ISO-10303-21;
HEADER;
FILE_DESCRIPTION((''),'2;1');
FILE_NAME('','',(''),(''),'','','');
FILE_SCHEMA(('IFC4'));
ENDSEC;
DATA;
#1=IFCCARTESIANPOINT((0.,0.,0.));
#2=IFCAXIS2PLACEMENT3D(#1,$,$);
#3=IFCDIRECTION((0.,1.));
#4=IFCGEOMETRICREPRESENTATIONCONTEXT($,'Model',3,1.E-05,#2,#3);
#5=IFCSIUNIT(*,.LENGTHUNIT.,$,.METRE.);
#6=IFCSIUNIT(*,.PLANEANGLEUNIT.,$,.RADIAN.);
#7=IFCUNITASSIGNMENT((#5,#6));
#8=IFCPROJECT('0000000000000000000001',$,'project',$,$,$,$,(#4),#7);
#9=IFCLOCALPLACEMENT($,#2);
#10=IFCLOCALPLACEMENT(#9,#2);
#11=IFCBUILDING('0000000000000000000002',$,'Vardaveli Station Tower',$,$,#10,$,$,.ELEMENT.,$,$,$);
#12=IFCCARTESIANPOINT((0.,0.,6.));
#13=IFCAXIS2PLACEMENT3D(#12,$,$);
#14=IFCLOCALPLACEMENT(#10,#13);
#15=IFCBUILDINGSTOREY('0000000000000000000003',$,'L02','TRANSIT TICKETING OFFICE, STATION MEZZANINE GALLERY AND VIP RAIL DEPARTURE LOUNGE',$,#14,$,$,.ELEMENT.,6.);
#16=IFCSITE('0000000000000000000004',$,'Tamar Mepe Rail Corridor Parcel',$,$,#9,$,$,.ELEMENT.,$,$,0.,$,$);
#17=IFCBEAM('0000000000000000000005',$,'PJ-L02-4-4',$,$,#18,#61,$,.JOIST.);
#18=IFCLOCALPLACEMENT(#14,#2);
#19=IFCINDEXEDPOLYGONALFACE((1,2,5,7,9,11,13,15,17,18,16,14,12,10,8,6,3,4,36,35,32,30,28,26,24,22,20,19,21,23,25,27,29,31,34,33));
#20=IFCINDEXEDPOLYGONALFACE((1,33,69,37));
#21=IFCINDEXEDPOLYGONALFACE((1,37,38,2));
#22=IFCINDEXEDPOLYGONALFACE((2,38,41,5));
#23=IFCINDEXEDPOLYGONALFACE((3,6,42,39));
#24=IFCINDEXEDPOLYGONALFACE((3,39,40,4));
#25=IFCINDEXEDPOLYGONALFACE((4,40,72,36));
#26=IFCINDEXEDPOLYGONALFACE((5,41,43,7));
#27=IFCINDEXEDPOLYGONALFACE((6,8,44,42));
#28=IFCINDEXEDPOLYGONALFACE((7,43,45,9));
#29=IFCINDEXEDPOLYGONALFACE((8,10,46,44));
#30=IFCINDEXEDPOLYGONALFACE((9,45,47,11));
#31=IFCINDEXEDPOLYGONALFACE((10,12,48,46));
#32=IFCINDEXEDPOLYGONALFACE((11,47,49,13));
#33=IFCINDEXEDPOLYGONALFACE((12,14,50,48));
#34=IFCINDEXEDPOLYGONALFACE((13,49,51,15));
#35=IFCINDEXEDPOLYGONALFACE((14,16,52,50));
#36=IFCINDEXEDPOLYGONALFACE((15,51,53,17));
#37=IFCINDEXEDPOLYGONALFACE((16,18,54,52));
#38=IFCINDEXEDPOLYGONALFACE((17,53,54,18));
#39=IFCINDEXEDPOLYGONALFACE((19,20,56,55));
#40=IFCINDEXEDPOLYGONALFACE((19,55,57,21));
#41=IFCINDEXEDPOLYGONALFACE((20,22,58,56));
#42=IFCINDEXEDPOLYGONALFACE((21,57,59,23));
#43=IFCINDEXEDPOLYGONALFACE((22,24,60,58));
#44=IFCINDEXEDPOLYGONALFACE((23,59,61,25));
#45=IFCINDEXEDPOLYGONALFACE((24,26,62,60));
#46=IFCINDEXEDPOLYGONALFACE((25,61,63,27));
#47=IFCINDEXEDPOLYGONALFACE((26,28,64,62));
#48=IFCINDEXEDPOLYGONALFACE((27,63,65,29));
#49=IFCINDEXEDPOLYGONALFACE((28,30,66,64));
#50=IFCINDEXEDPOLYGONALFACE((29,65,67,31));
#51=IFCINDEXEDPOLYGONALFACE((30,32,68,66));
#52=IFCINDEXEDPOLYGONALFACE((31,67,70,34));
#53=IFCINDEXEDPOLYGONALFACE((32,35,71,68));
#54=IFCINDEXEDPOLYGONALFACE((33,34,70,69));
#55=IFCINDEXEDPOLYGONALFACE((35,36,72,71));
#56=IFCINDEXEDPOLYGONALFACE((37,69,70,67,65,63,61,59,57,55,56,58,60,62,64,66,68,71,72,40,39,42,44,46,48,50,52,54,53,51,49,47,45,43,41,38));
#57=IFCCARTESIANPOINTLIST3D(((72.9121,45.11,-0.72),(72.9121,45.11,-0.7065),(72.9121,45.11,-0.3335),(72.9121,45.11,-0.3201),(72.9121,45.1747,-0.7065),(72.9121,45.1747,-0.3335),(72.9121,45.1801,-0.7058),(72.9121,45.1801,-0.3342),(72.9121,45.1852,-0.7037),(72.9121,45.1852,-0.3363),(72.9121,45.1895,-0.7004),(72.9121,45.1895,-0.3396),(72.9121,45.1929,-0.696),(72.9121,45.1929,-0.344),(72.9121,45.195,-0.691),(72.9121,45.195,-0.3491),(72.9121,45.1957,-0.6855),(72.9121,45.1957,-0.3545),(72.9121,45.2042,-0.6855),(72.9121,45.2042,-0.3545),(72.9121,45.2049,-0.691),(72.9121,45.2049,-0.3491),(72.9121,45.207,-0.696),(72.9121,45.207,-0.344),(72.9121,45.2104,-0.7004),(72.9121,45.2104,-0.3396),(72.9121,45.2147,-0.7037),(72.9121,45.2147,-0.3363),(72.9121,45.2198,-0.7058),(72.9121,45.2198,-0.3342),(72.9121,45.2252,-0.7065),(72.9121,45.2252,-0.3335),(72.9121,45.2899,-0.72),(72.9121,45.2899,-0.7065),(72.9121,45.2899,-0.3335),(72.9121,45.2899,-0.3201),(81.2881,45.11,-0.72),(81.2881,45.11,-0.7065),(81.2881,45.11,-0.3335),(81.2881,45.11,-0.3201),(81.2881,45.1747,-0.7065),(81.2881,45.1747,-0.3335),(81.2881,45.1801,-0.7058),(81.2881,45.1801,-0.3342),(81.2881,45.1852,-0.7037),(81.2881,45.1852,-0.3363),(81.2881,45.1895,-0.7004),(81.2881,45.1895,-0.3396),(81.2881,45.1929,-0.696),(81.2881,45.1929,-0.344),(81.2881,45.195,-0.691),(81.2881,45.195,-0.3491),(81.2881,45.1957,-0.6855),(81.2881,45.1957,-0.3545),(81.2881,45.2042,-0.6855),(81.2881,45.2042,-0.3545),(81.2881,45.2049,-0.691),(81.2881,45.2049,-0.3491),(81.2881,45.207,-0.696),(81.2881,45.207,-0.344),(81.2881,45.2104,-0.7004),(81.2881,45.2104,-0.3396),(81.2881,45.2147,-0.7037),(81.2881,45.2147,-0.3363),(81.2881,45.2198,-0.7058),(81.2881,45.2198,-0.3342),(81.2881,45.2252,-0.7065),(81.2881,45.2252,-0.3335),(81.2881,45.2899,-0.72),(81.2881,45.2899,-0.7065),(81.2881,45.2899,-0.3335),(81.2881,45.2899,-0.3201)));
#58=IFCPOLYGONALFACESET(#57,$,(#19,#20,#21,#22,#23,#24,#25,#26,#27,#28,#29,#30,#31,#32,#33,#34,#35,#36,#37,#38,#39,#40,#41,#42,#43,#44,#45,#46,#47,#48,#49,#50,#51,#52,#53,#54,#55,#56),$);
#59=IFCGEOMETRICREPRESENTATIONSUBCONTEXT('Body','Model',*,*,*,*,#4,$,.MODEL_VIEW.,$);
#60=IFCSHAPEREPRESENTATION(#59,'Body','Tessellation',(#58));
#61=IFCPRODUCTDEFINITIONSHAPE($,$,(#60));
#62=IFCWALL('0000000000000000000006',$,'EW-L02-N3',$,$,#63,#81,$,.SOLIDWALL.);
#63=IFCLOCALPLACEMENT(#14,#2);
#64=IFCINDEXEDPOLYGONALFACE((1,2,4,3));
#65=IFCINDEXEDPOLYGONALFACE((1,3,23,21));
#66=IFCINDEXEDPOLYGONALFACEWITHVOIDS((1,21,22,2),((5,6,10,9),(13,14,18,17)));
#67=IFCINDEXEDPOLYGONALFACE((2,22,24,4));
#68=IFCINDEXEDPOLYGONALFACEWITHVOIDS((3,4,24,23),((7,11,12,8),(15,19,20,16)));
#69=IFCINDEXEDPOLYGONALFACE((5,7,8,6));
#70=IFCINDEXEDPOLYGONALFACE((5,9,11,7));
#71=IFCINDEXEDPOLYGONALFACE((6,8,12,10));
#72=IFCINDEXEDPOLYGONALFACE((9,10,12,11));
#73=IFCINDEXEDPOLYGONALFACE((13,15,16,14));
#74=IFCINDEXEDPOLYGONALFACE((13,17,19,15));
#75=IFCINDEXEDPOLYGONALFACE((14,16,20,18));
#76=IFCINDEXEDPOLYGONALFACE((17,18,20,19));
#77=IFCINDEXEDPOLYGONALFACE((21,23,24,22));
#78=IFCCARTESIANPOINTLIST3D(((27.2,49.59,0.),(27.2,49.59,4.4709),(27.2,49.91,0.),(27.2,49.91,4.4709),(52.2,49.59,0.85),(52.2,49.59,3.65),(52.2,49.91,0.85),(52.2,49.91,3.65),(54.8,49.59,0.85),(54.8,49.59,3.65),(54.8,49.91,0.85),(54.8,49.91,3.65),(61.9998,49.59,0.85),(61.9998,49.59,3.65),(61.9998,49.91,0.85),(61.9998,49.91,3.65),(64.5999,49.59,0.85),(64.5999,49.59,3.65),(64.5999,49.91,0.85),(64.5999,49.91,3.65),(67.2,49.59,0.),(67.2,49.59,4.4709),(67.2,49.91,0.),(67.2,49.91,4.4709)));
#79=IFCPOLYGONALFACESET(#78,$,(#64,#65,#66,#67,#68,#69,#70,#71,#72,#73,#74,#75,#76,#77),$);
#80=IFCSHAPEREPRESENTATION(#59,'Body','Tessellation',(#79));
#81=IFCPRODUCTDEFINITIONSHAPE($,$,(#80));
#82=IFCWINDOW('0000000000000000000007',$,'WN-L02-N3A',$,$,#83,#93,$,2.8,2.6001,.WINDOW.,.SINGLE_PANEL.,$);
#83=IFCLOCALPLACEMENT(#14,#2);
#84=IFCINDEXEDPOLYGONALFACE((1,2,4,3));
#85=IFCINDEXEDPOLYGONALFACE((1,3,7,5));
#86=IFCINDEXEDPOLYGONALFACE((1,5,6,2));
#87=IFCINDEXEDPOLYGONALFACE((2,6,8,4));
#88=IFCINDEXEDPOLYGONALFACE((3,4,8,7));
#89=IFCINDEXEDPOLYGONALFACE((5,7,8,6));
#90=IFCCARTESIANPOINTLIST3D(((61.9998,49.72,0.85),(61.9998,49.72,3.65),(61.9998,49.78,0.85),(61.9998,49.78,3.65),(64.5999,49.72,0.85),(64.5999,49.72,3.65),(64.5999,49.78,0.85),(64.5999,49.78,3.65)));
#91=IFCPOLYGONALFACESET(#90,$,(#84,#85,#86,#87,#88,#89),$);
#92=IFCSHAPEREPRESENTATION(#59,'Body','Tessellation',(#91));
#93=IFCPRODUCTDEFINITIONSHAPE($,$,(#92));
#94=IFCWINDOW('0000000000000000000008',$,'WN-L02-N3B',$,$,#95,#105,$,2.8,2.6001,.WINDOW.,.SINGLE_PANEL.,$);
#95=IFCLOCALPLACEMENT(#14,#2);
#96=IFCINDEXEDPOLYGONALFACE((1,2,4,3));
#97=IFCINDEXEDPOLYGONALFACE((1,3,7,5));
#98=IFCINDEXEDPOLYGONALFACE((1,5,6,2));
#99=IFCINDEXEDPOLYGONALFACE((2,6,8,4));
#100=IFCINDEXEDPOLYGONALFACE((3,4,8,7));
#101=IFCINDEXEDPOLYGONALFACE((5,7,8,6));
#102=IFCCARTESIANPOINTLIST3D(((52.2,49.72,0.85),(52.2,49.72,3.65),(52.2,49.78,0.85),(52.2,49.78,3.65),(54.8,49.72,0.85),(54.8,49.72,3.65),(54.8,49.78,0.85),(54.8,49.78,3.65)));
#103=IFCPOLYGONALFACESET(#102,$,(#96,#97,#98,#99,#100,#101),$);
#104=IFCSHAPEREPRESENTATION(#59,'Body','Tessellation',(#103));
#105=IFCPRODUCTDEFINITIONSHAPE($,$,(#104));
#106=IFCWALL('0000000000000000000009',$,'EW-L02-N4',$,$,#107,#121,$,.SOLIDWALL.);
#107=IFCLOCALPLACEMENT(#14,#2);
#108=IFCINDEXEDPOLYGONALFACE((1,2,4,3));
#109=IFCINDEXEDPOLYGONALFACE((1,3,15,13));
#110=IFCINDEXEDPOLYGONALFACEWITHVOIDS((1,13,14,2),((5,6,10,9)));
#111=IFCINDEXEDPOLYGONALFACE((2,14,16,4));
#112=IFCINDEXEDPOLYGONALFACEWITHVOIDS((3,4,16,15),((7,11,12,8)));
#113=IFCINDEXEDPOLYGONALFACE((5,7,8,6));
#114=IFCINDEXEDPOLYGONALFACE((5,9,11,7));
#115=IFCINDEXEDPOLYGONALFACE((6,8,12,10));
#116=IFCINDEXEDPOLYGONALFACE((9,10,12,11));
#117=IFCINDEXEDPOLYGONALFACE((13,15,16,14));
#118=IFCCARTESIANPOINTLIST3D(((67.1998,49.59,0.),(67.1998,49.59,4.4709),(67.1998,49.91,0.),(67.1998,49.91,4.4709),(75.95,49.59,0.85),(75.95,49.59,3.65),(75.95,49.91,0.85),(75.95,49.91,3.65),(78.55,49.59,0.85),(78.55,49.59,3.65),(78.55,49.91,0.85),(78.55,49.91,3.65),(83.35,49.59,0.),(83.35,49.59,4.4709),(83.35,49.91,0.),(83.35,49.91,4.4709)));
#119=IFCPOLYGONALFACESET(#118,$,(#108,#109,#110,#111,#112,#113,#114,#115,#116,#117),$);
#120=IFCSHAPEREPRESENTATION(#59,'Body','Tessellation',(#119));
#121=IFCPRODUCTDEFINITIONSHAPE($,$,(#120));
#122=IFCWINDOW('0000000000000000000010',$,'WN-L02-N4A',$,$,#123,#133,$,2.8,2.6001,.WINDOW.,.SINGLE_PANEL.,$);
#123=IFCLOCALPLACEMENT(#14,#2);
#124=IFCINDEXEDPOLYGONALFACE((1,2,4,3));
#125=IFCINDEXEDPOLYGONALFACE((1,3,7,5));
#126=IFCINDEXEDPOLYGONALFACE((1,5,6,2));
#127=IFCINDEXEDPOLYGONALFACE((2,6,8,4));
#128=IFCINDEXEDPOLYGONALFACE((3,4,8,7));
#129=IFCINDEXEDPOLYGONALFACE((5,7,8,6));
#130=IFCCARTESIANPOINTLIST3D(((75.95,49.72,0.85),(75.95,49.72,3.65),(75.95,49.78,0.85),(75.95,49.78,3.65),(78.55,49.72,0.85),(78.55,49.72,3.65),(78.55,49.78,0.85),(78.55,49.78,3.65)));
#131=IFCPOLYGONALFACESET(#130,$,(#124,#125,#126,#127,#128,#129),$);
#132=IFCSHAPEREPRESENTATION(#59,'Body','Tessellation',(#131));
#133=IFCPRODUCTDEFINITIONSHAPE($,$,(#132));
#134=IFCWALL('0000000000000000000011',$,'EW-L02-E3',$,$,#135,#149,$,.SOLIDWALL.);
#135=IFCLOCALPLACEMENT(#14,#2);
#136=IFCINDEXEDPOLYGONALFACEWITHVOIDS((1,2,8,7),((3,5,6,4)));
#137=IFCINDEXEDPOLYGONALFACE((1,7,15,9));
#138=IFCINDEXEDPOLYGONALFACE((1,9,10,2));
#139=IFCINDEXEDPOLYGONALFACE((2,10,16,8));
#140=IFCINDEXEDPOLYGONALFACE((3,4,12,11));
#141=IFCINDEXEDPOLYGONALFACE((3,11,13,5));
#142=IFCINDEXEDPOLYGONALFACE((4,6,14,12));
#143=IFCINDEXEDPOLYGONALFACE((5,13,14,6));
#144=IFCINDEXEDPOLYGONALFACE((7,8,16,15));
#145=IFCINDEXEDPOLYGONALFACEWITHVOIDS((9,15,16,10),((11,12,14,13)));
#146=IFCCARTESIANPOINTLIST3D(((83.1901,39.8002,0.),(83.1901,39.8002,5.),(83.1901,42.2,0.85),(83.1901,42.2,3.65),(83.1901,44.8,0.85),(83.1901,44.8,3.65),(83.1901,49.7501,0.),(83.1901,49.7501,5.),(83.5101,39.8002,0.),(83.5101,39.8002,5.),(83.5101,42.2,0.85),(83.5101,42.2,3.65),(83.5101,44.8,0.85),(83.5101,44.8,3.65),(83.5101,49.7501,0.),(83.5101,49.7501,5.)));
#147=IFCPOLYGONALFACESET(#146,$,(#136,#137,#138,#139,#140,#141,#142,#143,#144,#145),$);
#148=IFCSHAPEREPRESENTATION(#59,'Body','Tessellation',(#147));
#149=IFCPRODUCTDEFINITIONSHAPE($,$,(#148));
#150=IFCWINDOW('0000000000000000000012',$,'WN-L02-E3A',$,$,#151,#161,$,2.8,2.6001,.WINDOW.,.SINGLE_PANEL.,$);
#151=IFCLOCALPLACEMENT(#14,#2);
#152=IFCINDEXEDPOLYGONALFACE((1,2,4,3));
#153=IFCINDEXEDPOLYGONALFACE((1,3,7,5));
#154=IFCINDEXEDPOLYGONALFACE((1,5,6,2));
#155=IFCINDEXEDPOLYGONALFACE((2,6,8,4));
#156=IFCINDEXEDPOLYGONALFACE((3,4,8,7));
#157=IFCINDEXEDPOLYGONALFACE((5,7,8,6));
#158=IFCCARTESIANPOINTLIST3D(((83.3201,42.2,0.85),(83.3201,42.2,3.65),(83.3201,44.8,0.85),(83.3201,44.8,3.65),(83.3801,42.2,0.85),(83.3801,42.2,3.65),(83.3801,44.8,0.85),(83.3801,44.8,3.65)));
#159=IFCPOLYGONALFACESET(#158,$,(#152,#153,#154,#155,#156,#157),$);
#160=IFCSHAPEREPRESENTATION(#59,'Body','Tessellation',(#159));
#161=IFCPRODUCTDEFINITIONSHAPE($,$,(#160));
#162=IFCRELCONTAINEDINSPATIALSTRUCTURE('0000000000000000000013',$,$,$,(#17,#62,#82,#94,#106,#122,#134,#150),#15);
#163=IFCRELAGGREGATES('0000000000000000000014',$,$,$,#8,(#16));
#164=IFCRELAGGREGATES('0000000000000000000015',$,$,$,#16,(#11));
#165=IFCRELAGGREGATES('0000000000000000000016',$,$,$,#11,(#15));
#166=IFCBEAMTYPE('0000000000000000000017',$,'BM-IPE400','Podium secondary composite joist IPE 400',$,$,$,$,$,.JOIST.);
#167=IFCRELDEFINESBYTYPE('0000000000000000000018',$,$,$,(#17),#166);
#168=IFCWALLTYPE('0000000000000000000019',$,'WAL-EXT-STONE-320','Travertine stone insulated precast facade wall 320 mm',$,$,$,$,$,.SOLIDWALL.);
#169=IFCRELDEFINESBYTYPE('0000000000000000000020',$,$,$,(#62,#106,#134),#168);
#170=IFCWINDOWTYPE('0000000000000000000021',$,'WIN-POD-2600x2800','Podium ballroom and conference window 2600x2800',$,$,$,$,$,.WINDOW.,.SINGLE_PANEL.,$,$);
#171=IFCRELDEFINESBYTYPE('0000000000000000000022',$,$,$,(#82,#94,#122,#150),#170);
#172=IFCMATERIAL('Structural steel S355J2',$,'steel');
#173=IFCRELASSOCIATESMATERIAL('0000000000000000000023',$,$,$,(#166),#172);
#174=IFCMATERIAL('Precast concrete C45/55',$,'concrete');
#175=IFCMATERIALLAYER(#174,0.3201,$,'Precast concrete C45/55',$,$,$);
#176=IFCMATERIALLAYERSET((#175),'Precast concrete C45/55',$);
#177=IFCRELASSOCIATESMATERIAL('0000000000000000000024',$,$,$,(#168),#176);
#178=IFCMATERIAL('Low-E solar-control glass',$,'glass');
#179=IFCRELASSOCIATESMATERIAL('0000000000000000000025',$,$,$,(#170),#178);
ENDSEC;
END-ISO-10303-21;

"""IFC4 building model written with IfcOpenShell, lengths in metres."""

from ifc_helpers import new_model, si_unit, direction, frame, frame_2d, origin, origin_2d, place, context, subcontext, project, spatial, rectangle, i_section, extrude, source, transform, mapped, material, layer, layer_set, material_profile, profile_set, type_object, element, fill, save


model = new_model("IFC4")

# Units and contexts
model_context = context("Model", 3, precision=1e-05, world=origin(), true_north=direction((0.0, 1.0)))
body_context = subcontext(model_context, "Body", "Model", "MODEL_VIEW")
ifc_project = project(units=[si_unit("LENGTHUNIT", "METRE"), si_unit("PLANEANGLEUNIT", "RADIAN")], contexts=[model_context])

# Site, building, storey
site_placement = place(None, origin())
site = spatial("IfcSite", under=ifc_project, at=site_placement, Name="Tamar Mepe Rail Corridor Parcel", CompositionType="ELEMENT", RefElevation=0.0)
building_placement = place(site_placement, origin())
building = spatial("IfcBuilding", under=site, at=building_placement, Name="Vardaveli Station Tower", CompositionType="ELEMENT")
storey_placement = place(building_placement, frame((0.0, 0.0, 6.0)))
storey = spatial("IfcBuildingStorey", under=building, at=storey_placement, Name="L02", Description="TRANSIT TICKETING OFFICE, STATION MEZZANINE GALLERY AND VIP RAIL DEPARTURE LOUNGE", CompositionType="ELEMENT", Elevation=6.0)

# Shared definitions
ifc_material_1 = material(Name="Precast concrete C45/55", Category="concrete")

# Beam
ifc_material_2 = material(Name="Structural steel S355J2", Category="steel")
ifc_material_profile_1 = material_profile(ifc_material_2, i_section(OverallWidth=0.1799, OverallDepth=0.3999, WebThickness=0.0085, FlangeThickness=0.0134, FilletRadius=0.021, at=origin_2d()), Name="IPE 400")
ifc_profile_set_1 = profile_set([ifc_material_profile_1], Name="Structural steel S355J2")
beam_type_1 = type_object("IfcBeamType", Name="BM-IPE400", Description="Podium secondary composite joist IPE 400", PredefinedType="JOIST", material=ifc_profile_set_1)
shared_shape_1 = source(origin(), body_context, "Body", "SweptSolid", [
    extrude(i_section(OverallWidth=0.1799, OverallDepth=0.3999, WebThickness=0.0085, FlangeThickness=0.0134, FilletRadius=0.021, at=origin_2d()), origin(), (0.0, 0.0, 1.0), 8.376),
])
beam_1_placement = place(storey_placement, frame((72.9121, 45.2, -0.52), z_axis=(1.0, 0.0, 0.0), x_axis=(0.0, 1.0, 0.0)))
element("IfcBeam", 1, at=beam_1_placement, inside=storey, type_object=beam_type_1, Name="PJ-L02-4-4", PredefinedType="JOIST", context=body_context, shape_type="MappedRepresentation", body=[
    mapped(shared_shape_1, transform((0.0, 0.0, 0.0), scale=1.0)),
])

# Wall, openings, windows
ifc_layer_1 = layer(ifc_material_1, 0.3201, Name="Precast concrete C45/55")
ifc_layer_set_1 = layer_set([ifc_layer_1], Name="Precast concrete C45/55")
wall_type_1 = type_object("IfcWallType", Name="WAL-EXT-STONE-320", Description="Travertine stone insulated precast facade wall 320 mm", PredefinedType="SOLIDWALL", material=ifc_layer_set_1)
shared_shape_2 = source(origin(), body_context, "Body", "SweptSolid", [
    extrude(rectangle(XDim=40.0, YDim=0.3201, at=frame_2d((20.0, 0.0))), origin(), (0.0, 0.0, 1.0), 4.4709),
])
wall_1_placement = place(storey_placement, frame((67.2, 49.75, 0.0), z_axis=(0.0, 0.0, 1.0), x_axis=(-1.0, 0.0, 0.0)))
wall_1 = element("IfcWall", 2, at=wall_1_placement, inside=storey, type_object=wall_type_1, Name="EW-L02-N3", PredefinedType="SOLIDWALL", context=body_context, shape_type="MappedRepresentation", body=[
    mapped(shared_shape_2, transform((0.0, 0.0, 0.0), scale=1.0)),
])
shared_shape_3 = source(origin(), body_context, "Body", "SweptSolid", [
    extrude(rectangle(XDim=2.6001, YDim=2.8, at=frame_2d((1.3, 1.3999))), frame((0.0, 0.1699, 0.0), z_axis=(0.0, -1.0, 0.0), x_axis=(1.0, 0.0, 0.0)), (0.0, 0.0, 1.0), 0.3401),
])
opening_1_placement = place(wall_1_placement, frame((2.6001, 0.0, 0.8501)))
opening_1 = element("IfcOpeningElement", 3, at=opening_1_placement, cuts=wall_1, PredefinedType="OPENING", context=body_context, shape_type="MappedRepresentation", body=[
    mapped(shared_shape_3, transform((0.0, 0.0, 0.0), scale=1.0)),
])
opening_2_placement = place(wall_1_placement, frame((12.3999, 0.0, 0.8501)))
opening_2 = element("IfcOpeningElement", 4, at=opening_2_placement, cuts=wall_1, PredefinedType="OPENING", context=body_context, shape_type="MappedRepresentation", body=[
    mapped(shared_shape_3, transform((0.0, 0.0, 0.0), scale=1.0)),
])
ifc_material_3 = material(Name="Low-E solar-control glass", Category="glass")
window_type = type_object("IfcWindowType", Name="WIN-POD-2600x2800", Description="Podium ballroom and conference window 2600x2800", PartitioningType="SINGLE_PANEL", PredefinedType="WINDOW", material=ifc_material_3)
shared_shape_4 = source(origin(), body_context, "Body", "SweptSolid", [
    extrude(rectangle(XDim=2.6001, YDim=2.8, at=frame_2d((1.3, 1.3999))), frame((0.0, 0.03, 0.0), z_axis=(0.0, -1.0, 0.0), x_axis=(1.0, 0.0, 0.0)), (0.0, 0.0, 1.0), 0.0601),
])
window_1_placement = place(opening_1_placement, origin())
window_1 = element("IfcWindow", 5, at=window_1_placement, inside=storey, type_object=window_type, Name="WN-L02-N3A", OverallHeight=2.8, OverallWidth=2.6001, PartitioningType="SINGLE_PANEL", PredefinedType="WINDOW", context=body_context, shape_type="MappedRepresentation", body=[
    mapped(shared_shape_4, transform((0.0, 0.0, 0.0), scale=1.0)),
])
fill(opening_1, window_1)
window_2_placement = place(opening_2_placement, origin())
window_2 = element("IfcWindow", 6, at=window_2_placement, inside=storey, type_object=window_type, Name="WN-L02-N3B", OverallHeight=2.8, OverallWidth=2.6001, PartitioningType="SINGLE_PANEL", PredefinedType="WINDOW", context=body_context, shape_type="MappedRepresentation", body=[
    mapped(shared_shape_4, transform((0.0, 0.0, 0.0), scale=1.0)),
])
fill(opening_2, window_2)

# Walls, openings, windows
shared_shape_5 = source(origin(), body_context, "Body", "SweptSolid", [
    extrude(rectangle(XDim=16.1501, YDim=0.3201, at=frame_2d((8.0752, 0.0))), origin(), (0.0, 0.0, 1.0), 4.4709),
])
wall_2_placement = place(storey_placement, frame((83.3501, 49.75, 0.0), z_axis=(0.0, 0.0, 1.0), x_axis=(-1.0, 0.0, 0.0)))
wall_2 = element("IfcWall", 7, at=wall_2_placement, inside=storey, type_object=wall_type_1, Name="EW-L02-N4", PredefinedType="SOLIDWALL", context=body_context, shape_type="MappedRepresentation", body=[
    mapped(shared_shape_5, transform((0.0, 0.0, 0.0), scale=1.0)),
])
opening_3_placement = place(wall_2_placement, frame((4.8, 0.0, 0.8501)))
opening_3 = element("IfcOpeningElement", 8, at=opening_3_placement, cuts=wall_2, PredefinedType="OPENING", context=body_context, shape_type="MappedRepresentation", body=[
    mapped(shared_shape_3, transform((0.0, 0.0, 0.0), scale=1.0)),
])
window_3_placement = place(opening_3_placement, origin())
window_3 = element("IfcWindow", 9, at=window_3_placement, inside=storey, type_object=window_type, Name="WN-L02-N4A", OverallHeight=2.8, OverallWidth=2.6001, PartitioningType="SINGLE_PANEL", PredefinedType="WINDOW", context=body_context, shape_type="MappedRepresentation", body=[
    mapped(shared_shape_4, transform((0.0, 0.0, 0.0), scale=1.0)),
])
fill(opening_3, window_3)
shared_shape_6 = source(origin(), body_context, "Body", "SweptSolid", [
    extrude(rectangle(XDim=9.95, YDim=0.3201, at=frame_2d((4.9751, 0.0))), origin(), (0.0, 0.0, 1.0), 5.0),
])
wall_3_placement = place(storey_placement, frame((83.3501, 39.8, 0.0), z_axis=(0.0, 0.0, 1.0), x_axis=(0.0, 1.0, 0.0)))
wall_3 = element("IfcWall", 10, at=wall_3_placement, inside=storey, type_object=wall_type_1, Name="EW-L02-E3", PredefinedType="SOLIDWALL", context=body_context, shape_type="MappedRepresentation", body=[
    mapped(shared_shape_6, transform((0.0, 0.0, 0.0), scale=1.0)),
])
opening_4_placement = place(wall_3_placement, frame((2.3999, 0.0, 0.8501)))
opening_4 = element("IfcOpeningElement", 11, at=opening_4_placement, cuts=wall_3, PredefinedType="OPENING", context=body_context, shape_type="MappedRepresentation", body=[
    mapped(shared_shape_3, transform((0.0, 0.0, 0.0), scale=1.0)),
])
window_4_placement = place(opening_4_placement, origin())
window_4 = element("IfcWindow", 12, at=window_4_placement, inside=storey, type_object=window_type, Name="WN-L02-E3A", OverallHeight=2.8, OverallWidth=2.6001, PartitioningType="SINGLE_PANEL", PredefinedType="WINDOW", context=body_context, shape_type="MappedRepresentation", body=[
    mapped(shared_shape_4, transform((0.0, 0.0, 0.0), scale=1.0)),
])
fill(opening_4, window_4)

save(model, "model.ifc")
